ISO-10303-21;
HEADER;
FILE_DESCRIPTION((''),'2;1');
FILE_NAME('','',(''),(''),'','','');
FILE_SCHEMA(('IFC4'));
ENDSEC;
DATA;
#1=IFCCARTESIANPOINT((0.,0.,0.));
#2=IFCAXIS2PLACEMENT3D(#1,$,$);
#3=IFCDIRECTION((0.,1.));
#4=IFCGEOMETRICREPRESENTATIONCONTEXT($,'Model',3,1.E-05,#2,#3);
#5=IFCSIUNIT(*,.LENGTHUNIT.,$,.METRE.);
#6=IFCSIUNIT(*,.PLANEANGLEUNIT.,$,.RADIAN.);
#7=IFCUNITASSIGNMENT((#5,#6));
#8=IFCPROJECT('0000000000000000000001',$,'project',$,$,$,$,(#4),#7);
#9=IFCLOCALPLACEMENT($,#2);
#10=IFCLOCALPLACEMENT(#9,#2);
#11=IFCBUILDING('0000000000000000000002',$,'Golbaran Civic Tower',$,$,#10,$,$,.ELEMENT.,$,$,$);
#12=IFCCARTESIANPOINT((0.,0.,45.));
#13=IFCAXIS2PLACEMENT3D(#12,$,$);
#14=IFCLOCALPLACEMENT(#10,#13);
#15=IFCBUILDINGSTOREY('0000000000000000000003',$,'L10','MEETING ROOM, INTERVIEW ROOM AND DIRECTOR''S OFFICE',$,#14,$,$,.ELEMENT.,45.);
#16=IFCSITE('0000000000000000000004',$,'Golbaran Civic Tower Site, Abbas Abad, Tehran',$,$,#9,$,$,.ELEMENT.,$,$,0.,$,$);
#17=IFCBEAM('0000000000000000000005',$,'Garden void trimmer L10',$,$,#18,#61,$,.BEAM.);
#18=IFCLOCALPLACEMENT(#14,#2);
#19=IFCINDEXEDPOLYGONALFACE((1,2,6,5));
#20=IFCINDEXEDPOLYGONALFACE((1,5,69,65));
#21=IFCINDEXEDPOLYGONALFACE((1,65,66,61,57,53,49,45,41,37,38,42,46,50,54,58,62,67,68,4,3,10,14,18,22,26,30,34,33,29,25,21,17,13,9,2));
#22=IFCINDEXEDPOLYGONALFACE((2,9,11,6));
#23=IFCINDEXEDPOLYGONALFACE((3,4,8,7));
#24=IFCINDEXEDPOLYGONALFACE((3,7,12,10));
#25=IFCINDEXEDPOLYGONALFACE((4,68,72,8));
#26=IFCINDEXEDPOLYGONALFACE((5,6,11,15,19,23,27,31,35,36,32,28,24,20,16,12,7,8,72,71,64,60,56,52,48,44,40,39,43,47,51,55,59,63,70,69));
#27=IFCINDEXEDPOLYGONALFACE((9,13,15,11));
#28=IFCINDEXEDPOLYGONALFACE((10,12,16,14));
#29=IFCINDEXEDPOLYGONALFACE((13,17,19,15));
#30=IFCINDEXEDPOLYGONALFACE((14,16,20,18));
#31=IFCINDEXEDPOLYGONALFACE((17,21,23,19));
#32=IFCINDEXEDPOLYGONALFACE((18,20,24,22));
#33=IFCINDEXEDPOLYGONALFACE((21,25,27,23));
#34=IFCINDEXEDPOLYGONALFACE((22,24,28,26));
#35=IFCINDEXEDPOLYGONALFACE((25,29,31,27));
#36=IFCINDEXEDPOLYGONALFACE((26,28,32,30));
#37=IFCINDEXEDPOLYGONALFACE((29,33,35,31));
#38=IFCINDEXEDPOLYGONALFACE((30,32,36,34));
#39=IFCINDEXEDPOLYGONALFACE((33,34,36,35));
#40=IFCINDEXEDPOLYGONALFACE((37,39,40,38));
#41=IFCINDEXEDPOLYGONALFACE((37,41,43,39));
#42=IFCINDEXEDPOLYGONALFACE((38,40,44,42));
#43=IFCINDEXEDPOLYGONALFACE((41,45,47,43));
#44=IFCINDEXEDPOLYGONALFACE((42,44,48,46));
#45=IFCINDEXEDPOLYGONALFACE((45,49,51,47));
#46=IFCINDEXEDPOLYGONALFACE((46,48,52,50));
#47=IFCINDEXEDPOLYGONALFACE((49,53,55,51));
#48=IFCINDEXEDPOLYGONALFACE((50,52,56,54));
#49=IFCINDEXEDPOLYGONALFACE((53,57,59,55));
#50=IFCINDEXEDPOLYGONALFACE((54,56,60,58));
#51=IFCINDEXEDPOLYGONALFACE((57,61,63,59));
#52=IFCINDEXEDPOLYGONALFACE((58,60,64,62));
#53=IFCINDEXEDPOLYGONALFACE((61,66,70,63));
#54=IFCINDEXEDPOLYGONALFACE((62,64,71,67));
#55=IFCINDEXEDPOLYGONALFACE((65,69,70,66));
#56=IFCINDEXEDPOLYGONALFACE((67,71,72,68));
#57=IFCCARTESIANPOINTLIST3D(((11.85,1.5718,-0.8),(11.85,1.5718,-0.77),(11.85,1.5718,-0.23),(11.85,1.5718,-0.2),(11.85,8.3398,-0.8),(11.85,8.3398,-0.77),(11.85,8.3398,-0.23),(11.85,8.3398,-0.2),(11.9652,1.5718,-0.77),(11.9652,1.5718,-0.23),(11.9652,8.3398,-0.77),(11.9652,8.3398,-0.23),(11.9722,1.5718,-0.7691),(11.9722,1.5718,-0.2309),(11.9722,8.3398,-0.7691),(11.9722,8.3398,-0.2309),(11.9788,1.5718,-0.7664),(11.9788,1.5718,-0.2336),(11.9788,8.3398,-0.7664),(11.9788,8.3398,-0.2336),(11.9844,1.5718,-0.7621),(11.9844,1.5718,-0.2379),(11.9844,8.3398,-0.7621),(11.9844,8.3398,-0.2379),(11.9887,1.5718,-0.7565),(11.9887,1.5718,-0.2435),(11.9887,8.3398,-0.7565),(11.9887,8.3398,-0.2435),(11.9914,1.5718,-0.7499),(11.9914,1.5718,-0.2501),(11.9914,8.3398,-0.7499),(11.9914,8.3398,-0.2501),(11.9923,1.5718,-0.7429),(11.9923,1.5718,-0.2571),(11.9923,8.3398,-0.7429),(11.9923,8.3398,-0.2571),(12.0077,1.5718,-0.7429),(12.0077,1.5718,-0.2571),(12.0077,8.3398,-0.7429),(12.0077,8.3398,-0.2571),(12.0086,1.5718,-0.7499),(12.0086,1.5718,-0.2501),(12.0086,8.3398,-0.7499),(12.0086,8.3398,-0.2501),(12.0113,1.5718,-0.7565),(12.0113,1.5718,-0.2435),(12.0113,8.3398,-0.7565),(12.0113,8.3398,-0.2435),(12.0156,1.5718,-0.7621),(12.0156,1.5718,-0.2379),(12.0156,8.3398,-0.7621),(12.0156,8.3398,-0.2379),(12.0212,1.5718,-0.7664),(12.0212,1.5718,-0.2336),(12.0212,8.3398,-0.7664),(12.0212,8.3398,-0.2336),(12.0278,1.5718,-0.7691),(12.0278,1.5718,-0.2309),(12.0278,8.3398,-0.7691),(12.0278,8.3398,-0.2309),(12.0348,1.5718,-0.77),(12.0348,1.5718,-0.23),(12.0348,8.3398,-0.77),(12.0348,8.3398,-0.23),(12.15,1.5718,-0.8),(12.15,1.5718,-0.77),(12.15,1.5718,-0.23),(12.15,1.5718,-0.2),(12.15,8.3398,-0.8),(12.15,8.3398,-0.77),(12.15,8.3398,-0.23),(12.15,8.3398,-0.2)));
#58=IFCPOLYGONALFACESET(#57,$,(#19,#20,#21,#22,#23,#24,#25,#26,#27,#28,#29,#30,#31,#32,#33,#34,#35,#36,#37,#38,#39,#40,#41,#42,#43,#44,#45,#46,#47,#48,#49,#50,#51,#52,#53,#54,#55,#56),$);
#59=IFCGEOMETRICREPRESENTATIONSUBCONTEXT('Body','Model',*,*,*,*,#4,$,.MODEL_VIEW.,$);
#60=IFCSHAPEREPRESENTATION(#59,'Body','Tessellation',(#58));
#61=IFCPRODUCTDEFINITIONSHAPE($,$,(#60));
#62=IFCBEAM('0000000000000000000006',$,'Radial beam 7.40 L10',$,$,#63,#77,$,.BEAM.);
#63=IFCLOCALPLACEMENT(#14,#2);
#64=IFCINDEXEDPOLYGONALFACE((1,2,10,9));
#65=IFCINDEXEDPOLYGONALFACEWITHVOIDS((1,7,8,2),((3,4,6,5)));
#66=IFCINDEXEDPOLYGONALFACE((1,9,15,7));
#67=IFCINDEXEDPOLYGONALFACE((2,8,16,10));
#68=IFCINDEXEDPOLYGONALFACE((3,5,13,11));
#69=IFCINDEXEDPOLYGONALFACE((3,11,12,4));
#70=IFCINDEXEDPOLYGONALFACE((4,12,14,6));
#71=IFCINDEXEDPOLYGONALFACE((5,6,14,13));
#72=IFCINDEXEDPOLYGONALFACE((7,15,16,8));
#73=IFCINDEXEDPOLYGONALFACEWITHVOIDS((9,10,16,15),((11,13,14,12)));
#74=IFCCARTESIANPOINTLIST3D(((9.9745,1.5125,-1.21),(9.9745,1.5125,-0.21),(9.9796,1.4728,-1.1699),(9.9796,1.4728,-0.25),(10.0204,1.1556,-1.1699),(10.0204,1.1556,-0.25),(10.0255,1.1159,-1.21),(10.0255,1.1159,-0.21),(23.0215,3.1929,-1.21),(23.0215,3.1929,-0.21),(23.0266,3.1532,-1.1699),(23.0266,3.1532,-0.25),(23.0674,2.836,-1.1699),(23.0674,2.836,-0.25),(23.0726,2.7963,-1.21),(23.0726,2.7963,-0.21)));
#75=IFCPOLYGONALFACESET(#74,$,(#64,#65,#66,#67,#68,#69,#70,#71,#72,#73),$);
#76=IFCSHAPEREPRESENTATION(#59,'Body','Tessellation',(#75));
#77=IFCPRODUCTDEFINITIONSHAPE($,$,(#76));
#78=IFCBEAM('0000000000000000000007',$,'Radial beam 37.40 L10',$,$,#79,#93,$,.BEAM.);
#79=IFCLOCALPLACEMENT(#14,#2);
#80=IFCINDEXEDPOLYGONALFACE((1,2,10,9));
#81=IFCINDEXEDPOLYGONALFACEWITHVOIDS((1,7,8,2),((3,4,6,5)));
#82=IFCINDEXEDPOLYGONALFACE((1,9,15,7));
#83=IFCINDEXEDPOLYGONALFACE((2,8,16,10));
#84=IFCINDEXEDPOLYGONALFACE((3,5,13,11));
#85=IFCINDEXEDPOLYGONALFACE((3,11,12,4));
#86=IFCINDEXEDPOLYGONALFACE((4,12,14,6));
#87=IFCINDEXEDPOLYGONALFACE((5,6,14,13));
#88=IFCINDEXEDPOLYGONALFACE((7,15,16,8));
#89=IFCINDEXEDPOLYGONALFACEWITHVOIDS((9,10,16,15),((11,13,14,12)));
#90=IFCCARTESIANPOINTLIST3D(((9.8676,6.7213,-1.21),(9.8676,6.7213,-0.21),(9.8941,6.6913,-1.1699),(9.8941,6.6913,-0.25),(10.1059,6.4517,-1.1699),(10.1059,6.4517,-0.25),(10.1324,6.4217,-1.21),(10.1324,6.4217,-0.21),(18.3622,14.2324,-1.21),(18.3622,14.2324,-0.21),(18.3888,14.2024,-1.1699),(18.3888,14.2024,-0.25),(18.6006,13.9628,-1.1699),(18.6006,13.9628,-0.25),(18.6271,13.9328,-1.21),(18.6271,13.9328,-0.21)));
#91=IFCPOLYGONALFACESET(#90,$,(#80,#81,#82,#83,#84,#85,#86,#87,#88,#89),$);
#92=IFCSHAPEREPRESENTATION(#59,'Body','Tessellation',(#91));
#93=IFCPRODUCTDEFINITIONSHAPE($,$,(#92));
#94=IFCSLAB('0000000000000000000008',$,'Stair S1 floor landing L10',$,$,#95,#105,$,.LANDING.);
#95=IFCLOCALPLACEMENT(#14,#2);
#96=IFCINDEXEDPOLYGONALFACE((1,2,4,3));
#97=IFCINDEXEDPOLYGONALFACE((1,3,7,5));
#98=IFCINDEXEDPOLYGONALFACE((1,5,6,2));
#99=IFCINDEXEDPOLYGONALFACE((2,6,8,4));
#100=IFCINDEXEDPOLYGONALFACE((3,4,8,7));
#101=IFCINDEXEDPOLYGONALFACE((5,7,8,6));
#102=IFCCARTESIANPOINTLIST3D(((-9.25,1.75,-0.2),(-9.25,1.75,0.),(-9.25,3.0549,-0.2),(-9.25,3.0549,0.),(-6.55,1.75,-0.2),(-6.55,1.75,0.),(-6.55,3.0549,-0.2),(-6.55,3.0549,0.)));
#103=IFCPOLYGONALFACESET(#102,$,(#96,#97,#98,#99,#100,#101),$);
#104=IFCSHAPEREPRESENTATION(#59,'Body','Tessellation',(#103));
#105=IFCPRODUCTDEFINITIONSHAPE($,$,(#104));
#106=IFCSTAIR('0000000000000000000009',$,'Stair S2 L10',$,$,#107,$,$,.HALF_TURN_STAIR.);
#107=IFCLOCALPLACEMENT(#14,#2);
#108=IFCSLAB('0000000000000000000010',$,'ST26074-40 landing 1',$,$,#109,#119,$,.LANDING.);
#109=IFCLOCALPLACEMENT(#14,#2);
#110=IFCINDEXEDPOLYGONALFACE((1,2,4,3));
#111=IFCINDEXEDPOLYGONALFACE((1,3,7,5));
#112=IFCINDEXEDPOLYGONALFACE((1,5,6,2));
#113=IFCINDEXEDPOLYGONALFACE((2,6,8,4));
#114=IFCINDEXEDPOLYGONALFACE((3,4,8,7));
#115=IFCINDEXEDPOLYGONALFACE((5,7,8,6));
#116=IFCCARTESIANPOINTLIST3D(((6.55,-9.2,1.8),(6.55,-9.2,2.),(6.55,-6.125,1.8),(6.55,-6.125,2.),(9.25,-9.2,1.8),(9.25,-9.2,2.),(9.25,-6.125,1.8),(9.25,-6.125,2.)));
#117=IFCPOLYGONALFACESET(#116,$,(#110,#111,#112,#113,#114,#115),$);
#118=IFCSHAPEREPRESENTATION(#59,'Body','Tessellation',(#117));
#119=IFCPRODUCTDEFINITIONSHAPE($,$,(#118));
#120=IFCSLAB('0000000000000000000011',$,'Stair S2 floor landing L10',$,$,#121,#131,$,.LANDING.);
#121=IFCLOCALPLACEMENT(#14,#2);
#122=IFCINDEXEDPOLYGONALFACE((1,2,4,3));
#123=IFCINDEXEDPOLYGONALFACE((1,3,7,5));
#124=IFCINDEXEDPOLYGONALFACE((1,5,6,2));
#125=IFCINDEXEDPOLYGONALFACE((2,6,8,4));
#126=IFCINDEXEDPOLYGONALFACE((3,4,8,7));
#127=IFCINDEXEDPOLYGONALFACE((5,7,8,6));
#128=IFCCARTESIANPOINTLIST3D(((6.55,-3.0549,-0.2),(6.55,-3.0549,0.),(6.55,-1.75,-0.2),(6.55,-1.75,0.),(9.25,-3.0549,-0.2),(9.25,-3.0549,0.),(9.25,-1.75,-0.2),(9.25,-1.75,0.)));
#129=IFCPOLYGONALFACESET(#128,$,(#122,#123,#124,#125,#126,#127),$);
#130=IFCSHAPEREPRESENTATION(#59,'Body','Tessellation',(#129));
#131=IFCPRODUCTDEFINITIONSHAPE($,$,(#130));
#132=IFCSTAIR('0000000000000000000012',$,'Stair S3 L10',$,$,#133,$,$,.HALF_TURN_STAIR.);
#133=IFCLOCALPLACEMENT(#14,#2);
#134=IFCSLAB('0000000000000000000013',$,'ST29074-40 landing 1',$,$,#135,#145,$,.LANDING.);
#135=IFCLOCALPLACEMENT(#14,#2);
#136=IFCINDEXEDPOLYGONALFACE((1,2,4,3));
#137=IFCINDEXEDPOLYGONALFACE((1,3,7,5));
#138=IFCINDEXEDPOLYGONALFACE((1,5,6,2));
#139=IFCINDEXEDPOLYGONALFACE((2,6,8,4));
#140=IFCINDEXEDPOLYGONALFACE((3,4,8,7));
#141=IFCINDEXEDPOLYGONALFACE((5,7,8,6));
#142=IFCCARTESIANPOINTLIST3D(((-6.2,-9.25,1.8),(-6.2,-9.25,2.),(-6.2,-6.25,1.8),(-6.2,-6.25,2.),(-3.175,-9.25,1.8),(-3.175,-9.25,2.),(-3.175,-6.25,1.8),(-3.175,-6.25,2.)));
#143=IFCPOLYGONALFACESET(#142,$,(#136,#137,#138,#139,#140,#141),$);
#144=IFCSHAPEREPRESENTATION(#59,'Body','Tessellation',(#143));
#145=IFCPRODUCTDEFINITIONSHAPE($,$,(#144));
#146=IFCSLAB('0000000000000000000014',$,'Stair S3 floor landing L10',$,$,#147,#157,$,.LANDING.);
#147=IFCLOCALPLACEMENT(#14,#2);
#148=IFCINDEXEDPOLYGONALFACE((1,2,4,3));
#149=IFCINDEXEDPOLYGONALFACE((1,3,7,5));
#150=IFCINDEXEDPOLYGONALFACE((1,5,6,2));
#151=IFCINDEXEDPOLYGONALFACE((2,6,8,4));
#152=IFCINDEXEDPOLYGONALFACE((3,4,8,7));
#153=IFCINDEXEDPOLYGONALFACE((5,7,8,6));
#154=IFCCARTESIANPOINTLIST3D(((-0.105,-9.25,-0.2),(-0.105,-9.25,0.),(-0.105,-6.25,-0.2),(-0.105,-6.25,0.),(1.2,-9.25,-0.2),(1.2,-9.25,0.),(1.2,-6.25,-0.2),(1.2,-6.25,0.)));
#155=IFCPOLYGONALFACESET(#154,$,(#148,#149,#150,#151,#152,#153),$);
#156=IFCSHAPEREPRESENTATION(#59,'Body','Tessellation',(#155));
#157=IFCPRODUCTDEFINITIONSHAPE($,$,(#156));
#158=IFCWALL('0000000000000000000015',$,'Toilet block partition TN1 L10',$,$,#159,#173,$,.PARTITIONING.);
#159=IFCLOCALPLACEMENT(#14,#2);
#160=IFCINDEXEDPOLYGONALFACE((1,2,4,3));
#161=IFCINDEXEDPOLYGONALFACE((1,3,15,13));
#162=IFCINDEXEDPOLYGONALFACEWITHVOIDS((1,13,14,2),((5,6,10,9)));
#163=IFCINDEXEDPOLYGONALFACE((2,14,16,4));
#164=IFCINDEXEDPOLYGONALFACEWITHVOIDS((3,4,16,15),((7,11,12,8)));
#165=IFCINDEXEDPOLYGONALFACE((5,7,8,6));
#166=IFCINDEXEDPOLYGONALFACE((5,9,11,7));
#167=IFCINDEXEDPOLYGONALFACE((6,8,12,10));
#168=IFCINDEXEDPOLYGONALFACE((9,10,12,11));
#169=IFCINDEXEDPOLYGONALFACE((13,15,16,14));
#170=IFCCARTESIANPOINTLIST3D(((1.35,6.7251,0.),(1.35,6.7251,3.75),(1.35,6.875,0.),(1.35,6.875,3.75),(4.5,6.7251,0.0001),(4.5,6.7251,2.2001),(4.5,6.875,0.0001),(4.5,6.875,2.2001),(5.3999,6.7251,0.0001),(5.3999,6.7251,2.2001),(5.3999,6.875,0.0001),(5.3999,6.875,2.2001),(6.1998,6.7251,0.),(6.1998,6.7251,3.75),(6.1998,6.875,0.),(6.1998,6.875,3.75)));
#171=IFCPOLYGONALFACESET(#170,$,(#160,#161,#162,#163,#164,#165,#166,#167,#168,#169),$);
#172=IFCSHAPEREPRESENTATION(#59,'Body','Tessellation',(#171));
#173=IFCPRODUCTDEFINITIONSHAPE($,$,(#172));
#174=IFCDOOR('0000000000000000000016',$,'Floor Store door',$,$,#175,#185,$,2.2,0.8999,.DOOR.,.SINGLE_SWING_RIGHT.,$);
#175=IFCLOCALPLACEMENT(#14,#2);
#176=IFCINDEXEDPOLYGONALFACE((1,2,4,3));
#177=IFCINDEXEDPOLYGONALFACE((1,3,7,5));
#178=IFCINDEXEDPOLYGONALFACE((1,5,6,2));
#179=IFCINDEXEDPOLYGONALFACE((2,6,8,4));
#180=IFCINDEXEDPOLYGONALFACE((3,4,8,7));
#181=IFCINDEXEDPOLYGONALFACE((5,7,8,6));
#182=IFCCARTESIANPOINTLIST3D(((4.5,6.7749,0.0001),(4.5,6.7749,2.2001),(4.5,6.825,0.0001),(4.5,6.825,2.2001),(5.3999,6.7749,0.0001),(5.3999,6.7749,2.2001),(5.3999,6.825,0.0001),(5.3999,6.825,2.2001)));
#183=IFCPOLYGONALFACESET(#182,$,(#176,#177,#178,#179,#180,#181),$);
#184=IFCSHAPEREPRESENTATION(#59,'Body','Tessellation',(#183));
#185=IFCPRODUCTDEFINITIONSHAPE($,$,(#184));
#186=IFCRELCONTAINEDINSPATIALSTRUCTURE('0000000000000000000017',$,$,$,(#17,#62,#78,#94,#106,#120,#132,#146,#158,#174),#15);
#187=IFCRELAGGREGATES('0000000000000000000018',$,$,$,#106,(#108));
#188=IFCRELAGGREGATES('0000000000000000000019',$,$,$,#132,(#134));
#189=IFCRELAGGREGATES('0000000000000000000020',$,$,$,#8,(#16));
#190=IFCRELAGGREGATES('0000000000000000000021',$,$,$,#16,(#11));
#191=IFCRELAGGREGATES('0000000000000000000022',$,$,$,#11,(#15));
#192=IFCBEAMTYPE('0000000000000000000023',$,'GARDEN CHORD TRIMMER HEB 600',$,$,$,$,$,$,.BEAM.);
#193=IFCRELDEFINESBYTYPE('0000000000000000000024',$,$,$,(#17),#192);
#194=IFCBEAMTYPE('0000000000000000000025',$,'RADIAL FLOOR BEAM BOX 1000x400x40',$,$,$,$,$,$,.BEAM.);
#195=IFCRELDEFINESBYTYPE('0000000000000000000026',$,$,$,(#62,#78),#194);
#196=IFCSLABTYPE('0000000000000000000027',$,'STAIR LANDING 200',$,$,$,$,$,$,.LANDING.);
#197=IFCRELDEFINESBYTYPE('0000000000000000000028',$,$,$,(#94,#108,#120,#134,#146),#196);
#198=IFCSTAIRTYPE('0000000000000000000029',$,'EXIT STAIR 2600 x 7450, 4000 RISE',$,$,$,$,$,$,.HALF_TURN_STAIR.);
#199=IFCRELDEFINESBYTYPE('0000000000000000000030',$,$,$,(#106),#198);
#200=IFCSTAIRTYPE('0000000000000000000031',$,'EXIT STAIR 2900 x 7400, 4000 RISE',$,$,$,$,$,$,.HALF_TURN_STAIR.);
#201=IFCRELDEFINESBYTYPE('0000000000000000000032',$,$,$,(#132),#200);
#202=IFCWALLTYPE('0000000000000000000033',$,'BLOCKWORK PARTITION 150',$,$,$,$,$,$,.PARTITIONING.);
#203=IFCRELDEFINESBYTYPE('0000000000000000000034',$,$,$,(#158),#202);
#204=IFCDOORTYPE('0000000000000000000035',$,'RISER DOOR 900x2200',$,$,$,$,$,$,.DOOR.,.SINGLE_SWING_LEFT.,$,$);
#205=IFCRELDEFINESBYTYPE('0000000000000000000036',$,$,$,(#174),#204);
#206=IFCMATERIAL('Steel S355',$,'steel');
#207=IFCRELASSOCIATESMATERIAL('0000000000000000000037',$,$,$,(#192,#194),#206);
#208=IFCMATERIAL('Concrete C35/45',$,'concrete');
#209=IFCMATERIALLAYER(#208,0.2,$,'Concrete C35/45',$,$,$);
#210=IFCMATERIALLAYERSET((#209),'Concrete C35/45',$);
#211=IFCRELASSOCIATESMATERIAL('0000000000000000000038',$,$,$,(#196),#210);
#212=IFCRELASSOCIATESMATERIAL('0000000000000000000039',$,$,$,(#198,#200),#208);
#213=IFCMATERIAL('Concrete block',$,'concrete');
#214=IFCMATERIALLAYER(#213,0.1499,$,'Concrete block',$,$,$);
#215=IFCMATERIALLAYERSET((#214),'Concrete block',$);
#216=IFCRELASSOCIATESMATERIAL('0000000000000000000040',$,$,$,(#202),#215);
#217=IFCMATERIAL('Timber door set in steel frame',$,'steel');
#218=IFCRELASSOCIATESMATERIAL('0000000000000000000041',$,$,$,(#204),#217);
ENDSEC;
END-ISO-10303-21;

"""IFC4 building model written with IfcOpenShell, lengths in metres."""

from ifc_helpers import new_model, si_unit, direction, frame, frame_2d, origin, origin_2d, place, context, subcontext, project, spatial, polyline, rectangle, hollow_rectangle, i_section, outline, extrude, material, layer, layer_set, material_profile, profile_set, type_object, element, fill, aggregate, save


model = new_model("IFC4")

# Units and contexts
model_context = context("Model", 3, precision=1e-05, world=origin(), true_north=direction((0.0, 1.0)))
body_context = subcontext(model_context, "Body", "Model", "MODEL_VIEW")
ifc_project = project(units=[si_unit("LENGTHUNIT", "METRE"), si_unit("PLANEANGLEUNIT", "RADIAN")], contexts=[model_context])

# Site, building, storey
site_placement = place(None, origin())
site = spatial("IfcSite", under=ifc_project, at=site_placement, Name="Golbaran Civic Tower Site, Abbas Abad, Tehran", CompositionType="ELEMENT", RefElevation=0.0)
building_placement = place(site_placement, origin())
building = spatial("IfcBuilding", under=site, at=building_placement, Name="Golbaran Civic Tower", CompositionType="ELEMENT")
storey_placement = place(building_placement, frame((0.0, 0.0, 45.0)))
storey = spatial("IfcBuildingStorey", under=building, at=storey_placement, Name="L10", Description="MEETING ROOM, INTERVIEW ROOM AND DIRECTOR'S OFFICE", CompositionType="ELEMENT", Elevation=45.0)

# Beams
ifc_material_1 = material(Name="Steel S355", Category="steel")
ifc_material_profile_1 = material_profile(ifc_material_1, i_section(OverallWidth=0.3, OverallDepth=0.6001, WebThickness=0.0154, FlangeThickness=0.03, FilletRadius=0.0271, at=origin_2d()), Name="HEB 600")
ifc_profile_set_1 = profile_set([ifc_material_profile_1], Name="Steel S355")
beam_type_1 = type_object("IfcBeamType", Name="GARDEN CHORD TRIMMER HEB 600", PredefinedType="BEAM", material=ifc_profile_set_1)
beam_1_placement = place(storey_placement, frame((12.0, 1.5718, -0.5), z_axis=(0.0, 1.0, 0.0), x_axis=(-1.0, 0.0, 0.0)))
element("IfcBeam", 1, at=beam_1_placement, inside=storey, type_object=beam_type_1, Name="Garden void trimmer L10", PredefinedType="BEAM", context=body_context, shape_type="SweptSolid", body=[
    extrude(i_section(OverallWidth=0.3, OverallDepth=0.6001, WebThickness=0.0154, FlangeThickness=0.03, FilletRadius=0.0271, at=origin_2d()), origin(), (0.0, 0.0, 1.0), 6.7681),
])
ifc_material_profile_2 = material_profile(ifc_material_1, hollow_rectangle(XDim=0.3999, YDim=1.0, WallThickness=0.04, at=origin_2d()), Name="BOX 1000x400x40")
ifc_profile_set_2 = profile_set([ifc_material_profile_2], Name="Steel S355")
beam_type_2 = type_object("IfcBeamType", Name="RADIAL FLOOR BEAM BOX 1000x400x40", PredefinedType="BEAM", material=ifc_profile_set_2)
beam_2_placement = place(storey_placement, frame((10.0, 1.3142, -0.71), z_axis=(0.991808, 0.127741, 0.0), x_axis=(-0.127741, 0.991808, 0.0)))
element("IfcBeam", 2, at=beam_2_placement, inside=storey, type_object=beam_type_2, Name="Radial beam 7.40 L10", PredefinedType="BEAM", context=body_context, shape_type="SweptSolid", body=[
    extrude(hollow_rectangle(XDim=0.3999, YDim=1.0, WallThickness=0.04, at=origin_2d()), origin(), (0.0, 0.0, 1.0), 13.1548),
])
beam_3_placement = place(storey_placement, frame((10.0, 6.5715, -0.71), z_axis=(0.749149, 0.662401, 0.0), x_axis=(-0.662401, 0.749149, 0.0)))
element("IfcBeam", 3, at=beam_3_placement, inside=storey, type_object=beam_type_2, Name="Radial beam 37.40 L10", PredefinedType="BEAM", context=body_context, shape_type="SweptSolid", body=[
    extrude(hollow_rectangle(XDim=0.3999, YDim=1.0, WallThickness=0.04, at=origin_2d()), origin(), (0.0, 0.0, 1.0), 11.3391),
])

# Slab
ifc_material_2 = material(Name="Concrete C35/45", Category="concrete")
ifc_layer_1 = layer(ifc_material_2, 0.2, Name="Concrete C35/45")
ifc_layer_set_1 = layer_set([ifc_layer_1], Name="Concrete C35/45")
slab_type = type_object("IfcSlabType", Name="STAIR LANDING 200", PredefinedType="LANDING", material=ifc_layer_set_1)
slab_1_placement = place(storey_placement, frame((0.0, 0.0, -0.2)))
element("IfcSlab", 4, at=slab_1_placement, inside=storey, type_object=slab_type, Name="Stair S1 floor landing L10", PredefinedType="LANDING", context=body_context, shape_type="SweptSolid", body=[
    extrude(outline(polyline([(-9.25, 1.75), (-9.25, 3.0549), (-6.55, 3.0549), (-6.55, 1.75), (-9.25, 1.75)])), origin(), (0.0, 0.0, 1.0), 0.2),
])

# Stair, slab
stair_type_1 = type_object("IfcStairType", Name="EXIT STAIR 2600 x 7450, 4000 RISE", PredefinedType="HALF_TURN_STAIR", material=ifc_material_2)
stair_1_placement = place(storey_placement, origin())
stair_1 = element("IfcStair", 5, at=stair_1_placement, inside=storey, type_object=stair_type_1, Name="Stair S2 L10", PredefinedType="HALF_TURN_STAIR")
slab_2_placement = place(storey_placement, frame((0.0, 0.0, 1.8)))
slab_2 = element("IfcSlab", 6, at=slab_2_placement, type_object=slab_type, Name="ST26074-40 landing 1", PredefinedType="LANDING", context=body_context, shape_type="SweptSolid", body=[
    extrude(outline(polyline([(9.25, -6.125), (9.25, -9.2), (6.55, -9.2), (6.55, -6.125), (9.25, -6.125)])), origin(), (0.0, 0.0, 1.0), 0.2),
])
aggregate(stair_1, [slab_2])

# Slab
slab_3_placement = place(storey_placement, frame((0.0, 0.0, -0.2)))
element("IfcSlab", 7, at=slab_3_placement, inside=storey, type_object=slab_type, Name="Stair S2 floor landing L10", PredefinedType="LANDING", context=body_context, shape_type="SweptSolid", body=[
    extrude(outline(polyline([(9.25, -1.75), (9.25, -3.0549), (6.55, -3.0549), (6.55, -1.75), (9.25, -1.75)])), origin(), (0.0, 0.0, 1.0), 0.2),
])

# Stair, slab
stair_type_2 = type_object("IfcStairType", Name="EXIT STAIR 2900 x 7400, 4000 RISE", PredefinedType="HALF_TURN_STAIR", material=ifc_material_2)
stair_2_placement = place(storey_placement, origin())
stair_2 = element("IfcStair", 8, at=stair_2_placement, inside=storey, type_object=stair_type_2, Name="Stair S3 L10", PredefinedType="HALF_TURN_STAIR")
slab_4_placement = place(storey_placement, frame((0.0, 0.0, 1.8)))
slab_4 = element("IfcSlab", 9, at=slab_4_placement, type_object=slab_type, Name="ST29074-40 landing 1", PredefinedType="LANDING", context=body_context, shape_type="SweptSolid", body=[
    extrude(outline(polyline([(-3.175, -9.25), (-6.2, -9.25), (-6.2, -6.25), (-3.175, -6.25), (-3.175, -9.25)])), origin(), (0.0, 0.0, 1.0), 0.2),
])
aggregate(stair_2, [slab_4])

# Slab
slab_5_placement = place(storey_placement, frame((0.0, 0.0, -0.2)))
element("IfcSlab", 10, at=slab_5_placement, inside=storey, type_object=slab_type, Name="Stair S3 floor landing L10", PredefinedType="LANDING", context=body_context, shape_type="SweptSolid", body=[
    extrude(outline(polyline([(1.2, -9.25), (-0.105, -9.25), (-0.105, -6.25), (1.2, -6.25), (1.2, -9.25)])), origin(), (0.0, 0.0, 1.0), 0.2),
])

# Wall, opening, door
ifc_material_3 = material(Name="Concrete block", Category="concrete")
ifc_layer_2 = layer(ifc_material_3, 0.1499, Name="Concrete block")
ifc_layer_set_2 = layer_set([ifc_layer_2], Name="Concrete block")
wall_type_1 = type_object("IfcWallType", Name="BLOCKWORK PARTITION 150", PredefinedType="PARTITIONING", material=ifc_layer_set_2)
wall_1_placement = place(storey_placement, frame((1.3501, 6.8, 0.0), z_axis=(0.0, 0.0, 1.0), x_axis=(1.0, 0.0, 0.0)))
wall_1 = element("IfcWall", 11, at=wall_1_placement, inside=storey, type_object=wall_type_1, Name="Toilet block partition TN1 L10", PredefinedType="PARTITIONING", context=body_context, shape_type="SweptSolid", body=[
    extrude(rectangle(XDim=4.8499, YDim=0.1499, at=frame_2d((2.4248, 0.0))), origin(), (0.0, 0.0, 1.0), 3.75),
])
opening_1_placement = place(wall_1_placement, frame((3.1499, 0.0, 0.0)))
opening_1 = element("IfcOpeningElement", 12, at=opening_1_placement, cuts=wall_1, PredefinedType="OPENING", context=body_context, shape_type="SweptSolid", body=[
    extrude(rectangle(XDim=0.8999, YDim=2.2, at=frame_2d((0.45, 1.1001))), frame((0.0, 0.085, 0.0), z_axis=(0.0, -1.0, 0.0), x_axis=(1.0, 0.0, 0.0)), (0.0, 0.0, 1.0), 0.1699),
])
ifc_material_4 = material(Name="Timber door set in steel frame", Category="steel")
door_type_1 = type_object("IfcDoorType", Name="RISER DOOR 900x2200", OperationType="SINGLE_SWING_LEFT", PredefinedType="DOOR", material=ifc_material_4)
door_1_placement = place(opening_1_placement, origin())
door_1 = element("IfcDoor", 13, at=door_1_placement, inside=storey, type_object=door_type_1, Name="Floor Store door", OperationType="SINGLE_SWING_RIGHT", OverallHeight=2.2, OverallWidth=0.8999, PredefinedType="DOOR", context=body_context, shape_type="SweptSolid", body=[
    extrude(rectangle(XDim=0.8999, YDim=2.2, at=frame_2d((0.45, 1.1001))), frame((0.0, 0.0249, 0.0), z_axis=(0.0, -1.0, 0.0), x_axis=(1.0, 0.0, 0.0)), (0.0, 0.0, 1.0), 0.05),
])
fill(opening_1, door_1)

save(model, "model.ifc")
